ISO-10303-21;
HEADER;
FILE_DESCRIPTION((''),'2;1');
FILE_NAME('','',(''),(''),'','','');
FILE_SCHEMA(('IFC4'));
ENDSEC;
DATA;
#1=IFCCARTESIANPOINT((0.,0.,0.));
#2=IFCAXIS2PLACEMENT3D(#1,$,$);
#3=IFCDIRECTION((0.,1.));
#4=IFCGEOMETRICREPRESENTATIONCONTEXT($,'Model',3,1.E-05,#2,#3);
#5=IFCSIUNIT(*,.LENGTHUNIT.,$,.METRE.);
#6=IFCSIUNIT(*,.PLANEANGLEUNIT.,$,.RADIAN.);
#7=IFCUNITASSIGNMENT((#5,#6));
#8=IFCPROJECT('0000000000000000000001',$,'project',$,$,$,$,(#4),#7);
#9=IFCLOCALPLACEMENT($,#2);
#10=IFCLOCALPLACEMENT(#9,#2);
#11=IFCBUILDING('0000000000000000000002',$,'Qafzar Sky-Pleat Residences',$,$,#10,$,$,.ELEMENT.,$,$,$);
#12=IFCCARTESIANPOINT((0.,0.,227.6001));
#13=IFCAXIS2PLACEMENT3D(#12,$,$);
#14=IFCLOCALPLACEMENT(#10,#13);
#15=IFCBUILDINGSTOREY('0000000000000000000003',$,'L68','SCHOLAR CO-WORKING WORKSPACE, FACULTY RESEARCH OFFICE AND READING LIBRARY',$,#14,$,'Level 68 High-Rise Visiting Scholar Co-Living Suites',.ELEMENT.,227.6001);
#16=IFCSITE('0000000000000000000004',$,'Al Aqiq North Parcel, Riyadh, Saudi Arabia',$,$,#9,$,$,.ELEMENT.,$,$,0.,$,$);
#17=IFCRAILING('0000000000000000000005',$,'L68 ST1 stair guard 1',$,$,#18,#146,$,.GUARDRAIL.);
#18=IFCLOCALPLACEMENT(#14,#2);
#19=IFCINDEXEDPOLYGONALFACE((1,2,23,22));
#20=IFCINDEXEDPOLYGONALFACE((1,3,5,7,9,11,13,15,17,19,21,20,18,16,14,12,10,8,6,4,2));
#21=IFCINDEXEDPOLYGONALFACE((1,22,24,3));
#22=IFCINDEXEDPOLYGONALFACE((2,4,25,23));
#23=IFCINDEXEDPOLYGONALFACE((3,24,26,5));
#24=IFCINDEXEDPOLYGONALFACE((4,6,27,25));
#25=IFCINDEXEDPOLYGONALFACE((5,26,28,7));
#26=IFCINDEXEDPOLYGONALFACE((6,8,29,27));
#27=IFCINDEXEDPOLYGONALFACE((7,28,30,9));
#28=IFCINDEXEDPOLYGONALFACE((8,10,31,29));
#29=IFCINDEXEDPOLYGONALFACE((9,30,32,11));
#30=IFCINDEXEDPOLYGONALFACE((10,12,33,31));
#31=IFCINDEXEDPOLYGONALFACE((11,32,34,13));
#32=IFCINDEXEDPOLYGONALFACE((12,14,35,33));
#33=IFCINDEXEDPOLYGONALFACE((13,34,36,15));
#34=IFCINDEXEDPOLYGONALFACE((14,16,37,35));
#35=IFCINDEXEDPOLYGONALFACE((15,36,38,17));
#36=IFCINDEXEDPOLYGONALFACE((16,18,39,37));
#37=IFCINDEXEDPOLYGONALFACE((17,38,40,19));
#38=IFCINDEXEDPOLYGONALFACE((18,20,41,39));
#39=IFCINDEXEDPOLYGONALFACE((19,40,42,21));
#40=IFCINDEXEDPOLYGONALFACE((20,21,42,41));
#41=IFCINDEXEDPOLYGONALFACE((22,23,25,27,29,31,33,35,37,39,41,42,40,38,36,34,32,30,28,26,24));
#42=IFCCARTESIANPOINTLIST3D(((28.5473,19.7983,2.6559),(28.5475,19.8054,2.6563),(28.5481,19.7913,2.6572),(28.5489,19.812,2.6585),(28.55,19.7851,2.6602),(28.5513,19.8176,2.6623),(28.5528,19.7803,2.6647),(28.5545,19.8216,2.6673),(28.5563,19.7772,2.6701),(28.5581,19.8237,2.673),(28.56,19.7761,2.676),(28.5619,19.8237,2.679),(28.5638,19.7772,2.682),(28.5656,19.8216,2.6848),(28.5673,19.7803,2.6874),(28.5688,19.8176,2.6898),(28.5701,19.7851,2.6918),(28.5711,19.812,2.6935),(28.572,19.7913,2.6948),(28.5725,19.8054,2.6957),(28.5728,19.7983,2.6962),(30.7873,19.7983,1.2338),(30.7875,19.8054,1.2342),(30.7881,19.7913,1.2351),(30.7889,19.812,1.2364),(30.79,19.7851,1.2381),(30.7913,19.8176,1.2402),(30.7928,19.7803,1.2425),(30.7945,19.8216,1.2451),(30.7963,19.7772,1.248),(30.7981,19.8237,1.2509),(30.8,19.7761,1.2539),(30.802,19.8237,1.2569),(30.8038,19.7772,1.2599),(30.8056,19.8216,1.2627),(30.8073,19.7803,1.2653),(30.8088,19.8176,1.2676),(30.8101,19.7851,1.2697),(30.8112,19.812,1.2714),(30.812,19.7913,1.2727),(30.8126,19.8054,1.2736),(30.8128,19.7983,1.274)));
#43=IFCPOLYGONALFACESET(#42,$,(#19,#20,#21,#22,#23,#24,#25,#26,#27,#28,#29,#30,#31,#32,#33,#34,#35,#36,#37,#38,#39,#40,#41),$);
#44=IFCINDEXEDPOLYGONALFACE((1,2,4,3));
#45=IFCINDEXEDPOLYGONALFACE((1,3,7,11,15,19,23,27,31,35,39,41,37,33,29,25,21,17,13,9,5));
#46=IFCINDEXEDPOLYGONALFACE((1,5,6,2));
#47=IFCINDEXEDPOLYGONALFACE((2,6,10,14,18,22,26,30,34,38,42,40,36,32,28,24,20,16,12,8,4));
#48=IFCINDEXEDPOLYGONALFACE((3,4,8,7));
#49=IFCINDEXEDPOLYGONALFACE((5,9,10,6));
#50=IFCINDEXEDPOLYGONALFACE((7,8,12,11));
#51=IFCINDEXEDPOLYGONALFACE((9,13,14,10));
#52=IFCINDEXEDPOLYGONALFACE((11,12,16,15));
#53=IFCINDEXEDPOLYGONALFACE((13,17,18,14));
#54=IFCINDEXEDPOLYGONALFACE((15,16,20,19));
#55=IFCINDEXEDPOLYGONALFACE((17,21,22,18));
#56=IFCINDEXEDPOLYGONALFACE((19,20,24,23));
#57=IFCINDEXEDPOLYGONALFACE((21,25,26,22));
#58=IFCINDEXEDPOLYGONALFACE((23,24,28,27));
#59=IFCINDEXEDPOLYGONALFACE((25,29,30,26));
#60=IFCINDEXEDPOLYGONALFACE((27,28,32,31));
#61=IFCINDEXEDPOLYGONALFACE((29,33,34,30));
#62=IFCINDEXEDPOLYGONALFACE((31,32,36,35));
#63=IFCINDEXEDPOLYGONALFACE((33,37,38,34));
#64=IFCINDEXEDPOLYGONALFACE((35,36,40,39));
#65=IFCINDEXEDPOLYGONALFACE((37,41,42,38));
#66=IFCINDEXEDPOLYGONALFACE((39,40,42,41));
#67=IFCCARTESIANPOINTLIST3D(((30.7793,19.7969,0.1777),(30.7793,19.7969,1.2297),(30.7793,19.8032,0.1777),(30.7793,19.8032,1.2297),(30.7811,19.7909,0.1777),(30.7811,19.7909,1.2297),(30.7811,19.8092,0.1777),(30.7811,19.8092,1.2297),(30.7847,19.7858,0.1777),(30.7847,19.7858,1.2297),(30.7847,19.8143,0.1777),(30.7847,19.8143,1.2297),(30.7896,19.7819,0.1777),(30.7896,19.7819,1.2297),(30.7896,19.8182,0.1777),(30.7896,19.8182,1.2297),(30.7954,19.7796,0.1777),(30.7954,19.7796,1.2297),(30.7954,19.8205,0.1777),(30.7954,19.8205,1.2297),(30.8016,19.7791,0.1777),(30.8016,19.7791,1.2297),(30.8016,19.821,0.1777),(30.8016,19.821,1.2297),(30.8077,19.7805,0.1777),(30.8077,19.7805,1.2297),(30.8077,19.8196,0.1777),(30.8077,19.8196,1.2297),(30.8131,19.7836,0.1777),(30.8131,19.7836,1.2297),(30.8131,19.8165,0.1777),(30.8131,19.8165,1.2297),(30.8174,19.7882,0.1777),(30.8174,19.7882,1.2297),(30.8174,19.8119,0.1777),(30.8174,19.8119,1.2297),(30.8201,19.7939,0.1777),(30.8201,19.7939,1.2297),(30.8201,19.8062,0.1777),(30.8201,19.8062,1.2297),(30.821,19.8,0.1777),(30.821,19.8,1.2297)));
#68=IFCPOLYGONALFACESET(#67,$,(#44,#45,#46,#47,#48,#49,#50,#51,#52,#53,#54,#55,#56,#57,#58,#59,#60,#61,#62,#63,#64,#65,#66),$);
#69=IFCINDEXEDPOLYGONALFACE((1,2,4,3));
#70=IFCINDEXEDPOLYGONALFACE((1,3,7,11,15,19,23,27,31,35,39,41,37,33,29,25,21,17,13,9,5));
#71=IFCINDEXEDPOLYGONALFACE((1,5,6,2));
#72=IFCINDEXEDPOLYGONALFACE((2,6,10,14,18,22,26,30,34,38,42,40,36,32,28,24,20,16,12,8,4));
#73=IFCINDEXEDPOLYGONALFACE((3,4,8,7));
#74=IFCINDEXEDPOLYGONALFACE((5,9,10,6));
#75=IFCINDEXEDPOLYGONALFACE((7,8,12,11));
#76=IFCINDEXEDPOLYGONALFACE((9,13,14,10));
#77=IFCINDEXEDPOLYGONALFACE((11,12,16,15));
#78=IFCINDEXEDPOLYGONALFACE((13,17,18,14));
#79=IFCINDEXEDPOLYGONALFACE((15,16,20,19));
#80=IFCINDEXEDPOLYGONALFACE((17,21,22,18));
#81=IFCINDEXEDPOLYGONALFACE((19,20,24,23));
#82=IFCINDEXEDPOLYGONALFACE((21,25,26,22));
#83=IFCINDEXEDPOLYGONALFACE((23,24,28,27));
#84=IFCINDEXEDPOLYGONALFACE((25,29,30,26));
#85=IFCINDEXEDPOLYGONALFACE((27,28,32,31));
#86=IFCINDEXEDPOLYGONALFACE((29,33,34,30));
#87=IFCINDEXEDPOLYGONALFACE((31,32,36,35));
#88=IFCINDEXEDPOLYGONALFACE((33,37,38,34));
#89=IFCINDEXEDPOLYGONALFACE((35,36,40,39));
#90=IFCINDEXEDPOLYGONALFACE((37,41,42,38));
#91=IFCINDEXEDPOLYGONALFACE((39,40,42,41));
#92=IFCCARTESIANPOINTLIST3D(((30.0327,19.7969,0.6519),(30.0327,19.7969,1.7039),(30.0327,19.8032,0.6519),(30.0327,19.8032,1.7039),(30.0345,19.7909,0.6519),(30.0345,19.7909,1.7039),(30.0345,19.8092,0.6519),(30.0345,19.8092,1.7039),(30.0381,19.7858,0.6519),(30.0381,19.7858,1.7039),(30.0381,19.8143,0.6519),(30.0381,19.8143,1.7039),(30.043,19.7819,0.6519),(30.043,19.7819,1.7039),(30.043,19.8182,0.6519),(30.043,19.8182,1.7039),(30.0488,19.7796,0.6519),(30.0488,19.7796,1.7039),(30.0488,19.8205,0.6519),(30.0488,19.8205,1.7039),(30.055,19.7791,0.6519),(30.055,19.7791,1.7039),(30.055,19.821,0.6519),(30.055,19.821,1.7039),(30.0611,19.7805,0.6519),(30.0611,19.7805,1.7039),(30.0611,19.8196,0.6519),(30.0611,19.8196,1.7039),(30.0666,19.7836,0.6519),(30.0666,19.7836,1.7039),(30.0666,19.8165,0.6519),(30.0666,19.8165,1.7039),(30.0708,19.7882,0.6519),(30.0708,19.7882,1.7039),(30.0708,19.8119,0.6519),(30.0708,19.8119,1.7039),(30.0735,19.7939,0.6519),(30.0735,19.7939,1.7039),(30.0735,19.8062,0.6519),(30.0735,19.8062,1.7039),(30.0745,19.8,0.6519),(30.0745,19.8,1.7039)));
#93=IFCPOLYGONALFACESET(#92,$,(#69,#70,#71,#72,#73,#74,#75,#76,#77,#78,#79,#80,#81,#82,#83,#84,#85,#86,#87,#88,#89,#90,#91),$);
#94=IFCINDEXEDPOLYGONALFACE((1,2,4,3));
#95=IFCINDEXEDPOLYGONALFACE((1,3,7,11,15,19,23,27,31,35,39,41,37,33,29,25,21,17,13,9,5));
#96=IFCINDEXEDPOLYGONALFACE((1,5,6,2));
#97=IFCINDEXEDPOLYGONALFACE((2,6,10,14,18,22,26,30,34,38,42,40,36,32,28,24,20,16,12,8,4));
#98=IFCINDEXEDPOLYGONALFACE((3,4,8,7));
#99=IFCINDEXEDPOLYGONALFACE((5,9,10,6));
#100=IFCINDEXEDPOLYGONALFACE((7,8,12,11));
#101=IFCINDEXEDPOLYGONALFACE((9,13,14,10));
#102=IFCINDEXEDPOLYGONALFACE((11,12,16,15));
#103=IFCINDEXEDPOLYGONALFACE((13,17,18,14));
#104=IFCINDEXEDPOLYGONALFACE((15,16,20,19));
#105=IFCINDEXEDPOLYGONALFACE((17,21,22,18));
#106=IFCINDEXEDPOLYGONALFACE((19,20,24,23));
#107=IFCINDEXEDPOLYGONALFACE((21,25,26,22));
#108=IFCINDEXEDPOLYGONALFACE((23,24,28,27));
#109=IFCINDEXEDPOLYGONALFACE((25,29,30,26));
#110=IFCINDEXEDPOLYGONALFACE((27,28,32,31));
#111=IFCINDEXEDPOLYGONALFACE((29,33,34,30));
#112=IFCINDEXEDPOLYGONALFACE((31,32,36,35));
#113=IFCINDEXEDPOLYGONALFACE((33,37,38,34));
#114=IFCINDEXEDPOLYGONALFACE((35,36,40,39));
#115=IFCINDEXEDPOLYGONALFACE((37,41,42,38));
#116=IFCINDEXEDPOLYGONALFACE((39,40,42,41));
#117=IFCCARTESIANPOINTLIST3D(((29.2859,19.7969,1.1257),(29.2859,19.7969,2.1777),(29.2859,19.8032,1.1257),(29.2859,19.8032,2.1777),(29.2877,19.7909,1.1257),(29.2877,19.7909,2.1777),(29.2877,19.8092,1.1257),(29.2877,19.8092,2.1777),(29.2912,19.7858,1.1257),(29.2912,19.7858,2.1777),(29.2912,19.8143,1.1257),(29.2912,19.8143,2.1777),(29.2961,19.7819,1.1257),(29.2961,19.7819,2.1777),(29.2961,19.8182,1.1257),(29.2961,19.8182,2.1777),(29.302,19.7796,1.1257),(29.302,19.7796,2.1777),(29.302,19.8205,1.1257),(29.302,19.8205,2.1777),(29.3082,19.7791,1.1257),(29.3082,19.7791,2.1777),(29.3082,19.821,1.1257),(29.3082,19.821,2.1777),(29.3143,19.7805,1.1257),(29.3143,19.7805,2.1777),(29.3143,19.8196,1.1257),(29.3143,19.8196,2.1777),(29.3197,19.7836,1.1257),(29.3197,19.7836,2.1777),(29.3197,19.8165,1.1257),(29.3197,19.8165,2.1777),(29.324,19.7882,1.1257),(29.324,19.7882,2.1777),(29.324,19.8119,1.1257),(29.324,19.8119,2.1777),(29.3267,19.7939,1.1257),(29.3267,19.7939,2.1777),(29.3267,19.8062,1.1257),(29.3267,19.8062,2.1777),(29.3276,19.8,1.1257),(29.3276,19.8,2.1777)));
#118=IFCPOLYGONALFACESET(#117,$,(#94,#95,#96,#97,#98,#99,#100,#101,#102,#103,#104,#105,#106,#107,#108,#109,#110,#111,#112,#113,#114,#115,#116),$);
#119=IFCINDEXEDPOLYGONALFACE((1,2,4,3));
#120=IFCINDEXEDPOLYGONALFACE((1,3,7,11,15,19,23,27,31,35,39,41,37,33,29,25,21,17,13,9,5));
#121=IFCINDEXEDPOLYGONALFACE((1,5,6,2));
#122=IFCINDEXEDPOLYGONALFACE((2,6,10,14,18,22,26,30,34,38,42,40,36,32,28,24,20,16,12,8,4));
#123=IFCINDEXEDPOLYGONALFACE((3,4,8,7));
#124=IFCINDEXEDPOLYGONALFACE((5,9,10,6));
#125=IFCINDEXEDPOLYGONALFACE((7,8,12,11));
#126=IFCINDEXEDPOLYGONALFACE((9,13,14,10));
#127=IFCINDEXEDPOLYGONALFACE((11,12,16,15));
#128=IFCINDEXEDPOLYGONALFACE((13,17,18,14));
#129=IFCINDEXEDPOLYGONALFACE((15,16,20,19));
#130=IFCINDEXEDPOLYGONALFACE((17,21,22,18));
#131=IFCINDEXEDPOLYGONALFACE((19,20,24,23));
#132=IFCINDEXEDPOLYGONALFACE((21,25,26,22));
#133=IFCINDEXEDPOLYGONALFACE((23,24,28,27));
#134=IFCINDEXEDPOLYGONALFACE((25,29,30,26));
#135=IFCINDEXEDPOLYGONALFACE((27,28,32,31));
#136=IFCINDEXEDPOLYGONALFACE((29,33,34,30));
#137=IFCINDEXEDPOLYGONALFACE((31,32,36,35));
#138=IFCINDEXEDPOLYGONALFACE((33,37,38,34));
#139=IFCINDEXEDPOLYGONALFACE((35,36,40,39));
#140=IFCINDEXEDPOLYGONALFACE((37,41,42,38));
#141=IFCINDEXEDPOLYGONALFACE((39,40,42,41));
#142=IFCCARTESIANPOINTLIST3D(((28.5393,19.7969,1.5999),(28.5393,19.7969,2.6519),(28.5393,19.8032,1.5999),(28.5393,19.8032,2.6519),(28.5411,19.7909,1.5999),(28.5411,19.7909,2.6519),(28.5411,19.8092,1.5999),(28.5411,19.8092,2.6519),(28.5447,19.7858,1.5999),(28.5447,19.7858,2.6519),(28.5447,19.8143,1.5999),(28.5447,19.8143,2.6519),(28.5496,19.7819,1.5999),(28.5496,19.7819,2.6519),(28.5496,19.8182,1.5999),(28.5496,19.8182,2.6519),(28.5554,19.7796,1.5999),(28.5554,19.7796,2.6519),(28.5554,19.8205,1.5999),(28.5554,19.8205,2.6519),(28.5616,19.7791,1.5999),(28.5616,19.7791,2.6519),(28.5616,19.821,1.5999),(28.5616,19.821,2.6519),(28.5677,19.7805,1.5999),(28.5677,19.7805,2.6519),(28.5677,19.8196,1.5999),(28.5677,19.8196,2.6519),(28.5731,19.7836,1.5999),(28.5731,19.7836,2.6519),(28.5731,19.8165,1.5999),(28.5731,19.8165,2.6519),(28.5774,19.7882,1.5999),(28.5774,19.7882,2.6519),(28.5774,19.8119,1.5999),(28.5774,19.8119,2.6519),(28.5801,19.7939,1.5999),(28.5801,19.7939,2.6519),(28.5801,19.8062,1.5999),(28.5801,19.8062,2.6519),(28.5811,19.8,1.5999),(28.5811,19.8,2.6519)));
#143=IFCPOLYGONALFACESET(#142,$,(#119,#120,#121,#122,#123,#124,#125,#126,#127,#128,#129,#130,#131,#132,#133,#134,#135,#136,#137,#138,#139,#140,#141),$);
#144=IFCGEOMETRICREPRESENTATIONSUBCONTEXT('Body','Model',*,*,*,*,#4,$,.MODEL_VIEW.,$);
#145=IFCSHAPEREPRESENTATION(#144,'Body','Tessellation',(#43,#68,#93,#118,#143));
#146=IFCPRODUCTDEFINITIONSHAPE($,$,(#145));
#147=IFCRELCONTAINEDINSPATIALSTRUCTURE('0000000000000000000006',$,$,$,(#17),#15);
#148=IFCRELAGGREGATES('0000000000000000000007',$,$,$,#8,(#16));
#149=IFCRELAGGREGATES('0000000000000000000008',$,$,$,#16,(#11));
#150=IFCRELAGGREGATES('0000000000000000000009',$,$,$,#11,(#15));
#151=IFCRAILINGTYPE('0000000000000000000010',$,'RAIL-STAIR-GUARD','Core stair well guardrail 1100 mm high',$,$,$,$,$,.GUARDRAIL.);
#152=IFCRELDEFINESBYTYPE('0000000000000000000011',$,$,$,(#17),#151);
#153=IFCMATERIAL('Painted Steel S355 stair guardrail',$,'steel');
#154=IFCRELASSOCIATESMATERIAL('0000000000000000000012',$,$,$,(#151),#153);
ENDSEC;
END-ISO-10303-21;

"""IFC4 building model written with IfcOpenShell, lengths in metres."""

from ifc_helpers import new_model, si_unit, direction, frame, origin, origin_2d, place, context, subcontext, project, spatial, circle, extrude, source, transform, mapped, material, type_object, element, save


model = new_model("IFC4")

# Units and contexts
model_context = context("Model", 3, precision=1e-05, world=origin(), true_north=direction((0.0, 1.0)))
body_context = subcontext(model_context, "Body", "Model", "MODEL_VIEW")
ifc_project = project(units=[si_unit("LENGTHUNIT", "METRE"), si_unit("PLANEANGLEUNIT", "RADIAN")], contexts=[model_context])

# Site, building, storey
site_placement = place(None, origin())
site = spatial("IfcSite", under=ifc_project, at=site_placement, Name="Al Aqiq North Parcel, Riyadh, Saudi Arabia", CompositionType="ELEMENT", RefElevation=0.0)
building_placement = place(site_placement, origin())
building = spatial("IfcBuilding", under=site, at=building_placement, Name="Qafzar Sky-Pleat Residences", CompositionType="ELEMENT")
storey_placement = place(building_placement, frame((0.0, 0.0, 227.6001)))
storey = spatial("IfcBuildingStorey", under=building, at=storey_placement, Name="L68", Description="SCHOLAR CO-WORKING WORKSPACE, FACULTY RESEARCH OFFICE AND READING LIBRARY", LongName="Level 68 High-Rise Visiting Scholar Co-Living Suites", CompositionType="ELEMENT", Elevation=227.6001)

# Railing
ifc_material_1 = material(Name="Painted Steel S355 stair guardrail", Category="steel")
railing_type_1 = type_object("IfcRailingType", Name="RAIL-STAIR-GUARD", Description="Core stair well guardrail 1100 mm high", PredefinedType="GUARDRAIL", material=ifc_material_1)
shared_shape_1 = source(origin(), body_context, "Body", "SweptSolid", [
    extrude(circle(Radius=0.0239, at=origin_2d()), frame((0.0, 0.0, 1.0762), z_axis=(-0.844229, 0.0, 0.535982), x_axis=(0.0, -1.0, 0.0)), (0.0, 0.0, 1.0), 2.6533),
    extrude(circle(Radius=0.021, at=origin_2d()), origin(), (0.0, 0.0, 1.0), 1.052),
    extrude(circle(Radius=0.021, at=origin_2d()), frame((-0.7466, 0.0, 0.4741)), (0.0, 0.0, 1.0), 1.052),
    extrude(circle(Radius=0.021, at=origin_2d()), frame((-1.4934, 0.0, 0.948)), (0.0, 0.0, 1.0), 1.052),
    extrude(circle(Radius=0.021, at=origin_2d()), frame((-2.24, 0.0, 1.4221)), (0.0, 0.0, 1.0), 1.052),
])
railing_1_placement = place(storey_placement, frame((30.8, 19.8, 0.1777)))
element("IfcRailing", 1, at=railing_1_placement, inside=storey, type_object=railing_type_1, Name="L68 ST1 stair guard 1", PredefinedType="GUARDRAIL", context=body_context, shape_type="MappedRepresentation", body=[
    mapped(shared_shape_1, transform((0.0, 0.0, 0.0), x_axis=(1.0, 0.0, 0.0), y_axis=(0.0, 1.0, 0.0), z_axis=(0.0, 0.0, 1.0), scale=1.0)),
])

save(model, "model.ifc")
